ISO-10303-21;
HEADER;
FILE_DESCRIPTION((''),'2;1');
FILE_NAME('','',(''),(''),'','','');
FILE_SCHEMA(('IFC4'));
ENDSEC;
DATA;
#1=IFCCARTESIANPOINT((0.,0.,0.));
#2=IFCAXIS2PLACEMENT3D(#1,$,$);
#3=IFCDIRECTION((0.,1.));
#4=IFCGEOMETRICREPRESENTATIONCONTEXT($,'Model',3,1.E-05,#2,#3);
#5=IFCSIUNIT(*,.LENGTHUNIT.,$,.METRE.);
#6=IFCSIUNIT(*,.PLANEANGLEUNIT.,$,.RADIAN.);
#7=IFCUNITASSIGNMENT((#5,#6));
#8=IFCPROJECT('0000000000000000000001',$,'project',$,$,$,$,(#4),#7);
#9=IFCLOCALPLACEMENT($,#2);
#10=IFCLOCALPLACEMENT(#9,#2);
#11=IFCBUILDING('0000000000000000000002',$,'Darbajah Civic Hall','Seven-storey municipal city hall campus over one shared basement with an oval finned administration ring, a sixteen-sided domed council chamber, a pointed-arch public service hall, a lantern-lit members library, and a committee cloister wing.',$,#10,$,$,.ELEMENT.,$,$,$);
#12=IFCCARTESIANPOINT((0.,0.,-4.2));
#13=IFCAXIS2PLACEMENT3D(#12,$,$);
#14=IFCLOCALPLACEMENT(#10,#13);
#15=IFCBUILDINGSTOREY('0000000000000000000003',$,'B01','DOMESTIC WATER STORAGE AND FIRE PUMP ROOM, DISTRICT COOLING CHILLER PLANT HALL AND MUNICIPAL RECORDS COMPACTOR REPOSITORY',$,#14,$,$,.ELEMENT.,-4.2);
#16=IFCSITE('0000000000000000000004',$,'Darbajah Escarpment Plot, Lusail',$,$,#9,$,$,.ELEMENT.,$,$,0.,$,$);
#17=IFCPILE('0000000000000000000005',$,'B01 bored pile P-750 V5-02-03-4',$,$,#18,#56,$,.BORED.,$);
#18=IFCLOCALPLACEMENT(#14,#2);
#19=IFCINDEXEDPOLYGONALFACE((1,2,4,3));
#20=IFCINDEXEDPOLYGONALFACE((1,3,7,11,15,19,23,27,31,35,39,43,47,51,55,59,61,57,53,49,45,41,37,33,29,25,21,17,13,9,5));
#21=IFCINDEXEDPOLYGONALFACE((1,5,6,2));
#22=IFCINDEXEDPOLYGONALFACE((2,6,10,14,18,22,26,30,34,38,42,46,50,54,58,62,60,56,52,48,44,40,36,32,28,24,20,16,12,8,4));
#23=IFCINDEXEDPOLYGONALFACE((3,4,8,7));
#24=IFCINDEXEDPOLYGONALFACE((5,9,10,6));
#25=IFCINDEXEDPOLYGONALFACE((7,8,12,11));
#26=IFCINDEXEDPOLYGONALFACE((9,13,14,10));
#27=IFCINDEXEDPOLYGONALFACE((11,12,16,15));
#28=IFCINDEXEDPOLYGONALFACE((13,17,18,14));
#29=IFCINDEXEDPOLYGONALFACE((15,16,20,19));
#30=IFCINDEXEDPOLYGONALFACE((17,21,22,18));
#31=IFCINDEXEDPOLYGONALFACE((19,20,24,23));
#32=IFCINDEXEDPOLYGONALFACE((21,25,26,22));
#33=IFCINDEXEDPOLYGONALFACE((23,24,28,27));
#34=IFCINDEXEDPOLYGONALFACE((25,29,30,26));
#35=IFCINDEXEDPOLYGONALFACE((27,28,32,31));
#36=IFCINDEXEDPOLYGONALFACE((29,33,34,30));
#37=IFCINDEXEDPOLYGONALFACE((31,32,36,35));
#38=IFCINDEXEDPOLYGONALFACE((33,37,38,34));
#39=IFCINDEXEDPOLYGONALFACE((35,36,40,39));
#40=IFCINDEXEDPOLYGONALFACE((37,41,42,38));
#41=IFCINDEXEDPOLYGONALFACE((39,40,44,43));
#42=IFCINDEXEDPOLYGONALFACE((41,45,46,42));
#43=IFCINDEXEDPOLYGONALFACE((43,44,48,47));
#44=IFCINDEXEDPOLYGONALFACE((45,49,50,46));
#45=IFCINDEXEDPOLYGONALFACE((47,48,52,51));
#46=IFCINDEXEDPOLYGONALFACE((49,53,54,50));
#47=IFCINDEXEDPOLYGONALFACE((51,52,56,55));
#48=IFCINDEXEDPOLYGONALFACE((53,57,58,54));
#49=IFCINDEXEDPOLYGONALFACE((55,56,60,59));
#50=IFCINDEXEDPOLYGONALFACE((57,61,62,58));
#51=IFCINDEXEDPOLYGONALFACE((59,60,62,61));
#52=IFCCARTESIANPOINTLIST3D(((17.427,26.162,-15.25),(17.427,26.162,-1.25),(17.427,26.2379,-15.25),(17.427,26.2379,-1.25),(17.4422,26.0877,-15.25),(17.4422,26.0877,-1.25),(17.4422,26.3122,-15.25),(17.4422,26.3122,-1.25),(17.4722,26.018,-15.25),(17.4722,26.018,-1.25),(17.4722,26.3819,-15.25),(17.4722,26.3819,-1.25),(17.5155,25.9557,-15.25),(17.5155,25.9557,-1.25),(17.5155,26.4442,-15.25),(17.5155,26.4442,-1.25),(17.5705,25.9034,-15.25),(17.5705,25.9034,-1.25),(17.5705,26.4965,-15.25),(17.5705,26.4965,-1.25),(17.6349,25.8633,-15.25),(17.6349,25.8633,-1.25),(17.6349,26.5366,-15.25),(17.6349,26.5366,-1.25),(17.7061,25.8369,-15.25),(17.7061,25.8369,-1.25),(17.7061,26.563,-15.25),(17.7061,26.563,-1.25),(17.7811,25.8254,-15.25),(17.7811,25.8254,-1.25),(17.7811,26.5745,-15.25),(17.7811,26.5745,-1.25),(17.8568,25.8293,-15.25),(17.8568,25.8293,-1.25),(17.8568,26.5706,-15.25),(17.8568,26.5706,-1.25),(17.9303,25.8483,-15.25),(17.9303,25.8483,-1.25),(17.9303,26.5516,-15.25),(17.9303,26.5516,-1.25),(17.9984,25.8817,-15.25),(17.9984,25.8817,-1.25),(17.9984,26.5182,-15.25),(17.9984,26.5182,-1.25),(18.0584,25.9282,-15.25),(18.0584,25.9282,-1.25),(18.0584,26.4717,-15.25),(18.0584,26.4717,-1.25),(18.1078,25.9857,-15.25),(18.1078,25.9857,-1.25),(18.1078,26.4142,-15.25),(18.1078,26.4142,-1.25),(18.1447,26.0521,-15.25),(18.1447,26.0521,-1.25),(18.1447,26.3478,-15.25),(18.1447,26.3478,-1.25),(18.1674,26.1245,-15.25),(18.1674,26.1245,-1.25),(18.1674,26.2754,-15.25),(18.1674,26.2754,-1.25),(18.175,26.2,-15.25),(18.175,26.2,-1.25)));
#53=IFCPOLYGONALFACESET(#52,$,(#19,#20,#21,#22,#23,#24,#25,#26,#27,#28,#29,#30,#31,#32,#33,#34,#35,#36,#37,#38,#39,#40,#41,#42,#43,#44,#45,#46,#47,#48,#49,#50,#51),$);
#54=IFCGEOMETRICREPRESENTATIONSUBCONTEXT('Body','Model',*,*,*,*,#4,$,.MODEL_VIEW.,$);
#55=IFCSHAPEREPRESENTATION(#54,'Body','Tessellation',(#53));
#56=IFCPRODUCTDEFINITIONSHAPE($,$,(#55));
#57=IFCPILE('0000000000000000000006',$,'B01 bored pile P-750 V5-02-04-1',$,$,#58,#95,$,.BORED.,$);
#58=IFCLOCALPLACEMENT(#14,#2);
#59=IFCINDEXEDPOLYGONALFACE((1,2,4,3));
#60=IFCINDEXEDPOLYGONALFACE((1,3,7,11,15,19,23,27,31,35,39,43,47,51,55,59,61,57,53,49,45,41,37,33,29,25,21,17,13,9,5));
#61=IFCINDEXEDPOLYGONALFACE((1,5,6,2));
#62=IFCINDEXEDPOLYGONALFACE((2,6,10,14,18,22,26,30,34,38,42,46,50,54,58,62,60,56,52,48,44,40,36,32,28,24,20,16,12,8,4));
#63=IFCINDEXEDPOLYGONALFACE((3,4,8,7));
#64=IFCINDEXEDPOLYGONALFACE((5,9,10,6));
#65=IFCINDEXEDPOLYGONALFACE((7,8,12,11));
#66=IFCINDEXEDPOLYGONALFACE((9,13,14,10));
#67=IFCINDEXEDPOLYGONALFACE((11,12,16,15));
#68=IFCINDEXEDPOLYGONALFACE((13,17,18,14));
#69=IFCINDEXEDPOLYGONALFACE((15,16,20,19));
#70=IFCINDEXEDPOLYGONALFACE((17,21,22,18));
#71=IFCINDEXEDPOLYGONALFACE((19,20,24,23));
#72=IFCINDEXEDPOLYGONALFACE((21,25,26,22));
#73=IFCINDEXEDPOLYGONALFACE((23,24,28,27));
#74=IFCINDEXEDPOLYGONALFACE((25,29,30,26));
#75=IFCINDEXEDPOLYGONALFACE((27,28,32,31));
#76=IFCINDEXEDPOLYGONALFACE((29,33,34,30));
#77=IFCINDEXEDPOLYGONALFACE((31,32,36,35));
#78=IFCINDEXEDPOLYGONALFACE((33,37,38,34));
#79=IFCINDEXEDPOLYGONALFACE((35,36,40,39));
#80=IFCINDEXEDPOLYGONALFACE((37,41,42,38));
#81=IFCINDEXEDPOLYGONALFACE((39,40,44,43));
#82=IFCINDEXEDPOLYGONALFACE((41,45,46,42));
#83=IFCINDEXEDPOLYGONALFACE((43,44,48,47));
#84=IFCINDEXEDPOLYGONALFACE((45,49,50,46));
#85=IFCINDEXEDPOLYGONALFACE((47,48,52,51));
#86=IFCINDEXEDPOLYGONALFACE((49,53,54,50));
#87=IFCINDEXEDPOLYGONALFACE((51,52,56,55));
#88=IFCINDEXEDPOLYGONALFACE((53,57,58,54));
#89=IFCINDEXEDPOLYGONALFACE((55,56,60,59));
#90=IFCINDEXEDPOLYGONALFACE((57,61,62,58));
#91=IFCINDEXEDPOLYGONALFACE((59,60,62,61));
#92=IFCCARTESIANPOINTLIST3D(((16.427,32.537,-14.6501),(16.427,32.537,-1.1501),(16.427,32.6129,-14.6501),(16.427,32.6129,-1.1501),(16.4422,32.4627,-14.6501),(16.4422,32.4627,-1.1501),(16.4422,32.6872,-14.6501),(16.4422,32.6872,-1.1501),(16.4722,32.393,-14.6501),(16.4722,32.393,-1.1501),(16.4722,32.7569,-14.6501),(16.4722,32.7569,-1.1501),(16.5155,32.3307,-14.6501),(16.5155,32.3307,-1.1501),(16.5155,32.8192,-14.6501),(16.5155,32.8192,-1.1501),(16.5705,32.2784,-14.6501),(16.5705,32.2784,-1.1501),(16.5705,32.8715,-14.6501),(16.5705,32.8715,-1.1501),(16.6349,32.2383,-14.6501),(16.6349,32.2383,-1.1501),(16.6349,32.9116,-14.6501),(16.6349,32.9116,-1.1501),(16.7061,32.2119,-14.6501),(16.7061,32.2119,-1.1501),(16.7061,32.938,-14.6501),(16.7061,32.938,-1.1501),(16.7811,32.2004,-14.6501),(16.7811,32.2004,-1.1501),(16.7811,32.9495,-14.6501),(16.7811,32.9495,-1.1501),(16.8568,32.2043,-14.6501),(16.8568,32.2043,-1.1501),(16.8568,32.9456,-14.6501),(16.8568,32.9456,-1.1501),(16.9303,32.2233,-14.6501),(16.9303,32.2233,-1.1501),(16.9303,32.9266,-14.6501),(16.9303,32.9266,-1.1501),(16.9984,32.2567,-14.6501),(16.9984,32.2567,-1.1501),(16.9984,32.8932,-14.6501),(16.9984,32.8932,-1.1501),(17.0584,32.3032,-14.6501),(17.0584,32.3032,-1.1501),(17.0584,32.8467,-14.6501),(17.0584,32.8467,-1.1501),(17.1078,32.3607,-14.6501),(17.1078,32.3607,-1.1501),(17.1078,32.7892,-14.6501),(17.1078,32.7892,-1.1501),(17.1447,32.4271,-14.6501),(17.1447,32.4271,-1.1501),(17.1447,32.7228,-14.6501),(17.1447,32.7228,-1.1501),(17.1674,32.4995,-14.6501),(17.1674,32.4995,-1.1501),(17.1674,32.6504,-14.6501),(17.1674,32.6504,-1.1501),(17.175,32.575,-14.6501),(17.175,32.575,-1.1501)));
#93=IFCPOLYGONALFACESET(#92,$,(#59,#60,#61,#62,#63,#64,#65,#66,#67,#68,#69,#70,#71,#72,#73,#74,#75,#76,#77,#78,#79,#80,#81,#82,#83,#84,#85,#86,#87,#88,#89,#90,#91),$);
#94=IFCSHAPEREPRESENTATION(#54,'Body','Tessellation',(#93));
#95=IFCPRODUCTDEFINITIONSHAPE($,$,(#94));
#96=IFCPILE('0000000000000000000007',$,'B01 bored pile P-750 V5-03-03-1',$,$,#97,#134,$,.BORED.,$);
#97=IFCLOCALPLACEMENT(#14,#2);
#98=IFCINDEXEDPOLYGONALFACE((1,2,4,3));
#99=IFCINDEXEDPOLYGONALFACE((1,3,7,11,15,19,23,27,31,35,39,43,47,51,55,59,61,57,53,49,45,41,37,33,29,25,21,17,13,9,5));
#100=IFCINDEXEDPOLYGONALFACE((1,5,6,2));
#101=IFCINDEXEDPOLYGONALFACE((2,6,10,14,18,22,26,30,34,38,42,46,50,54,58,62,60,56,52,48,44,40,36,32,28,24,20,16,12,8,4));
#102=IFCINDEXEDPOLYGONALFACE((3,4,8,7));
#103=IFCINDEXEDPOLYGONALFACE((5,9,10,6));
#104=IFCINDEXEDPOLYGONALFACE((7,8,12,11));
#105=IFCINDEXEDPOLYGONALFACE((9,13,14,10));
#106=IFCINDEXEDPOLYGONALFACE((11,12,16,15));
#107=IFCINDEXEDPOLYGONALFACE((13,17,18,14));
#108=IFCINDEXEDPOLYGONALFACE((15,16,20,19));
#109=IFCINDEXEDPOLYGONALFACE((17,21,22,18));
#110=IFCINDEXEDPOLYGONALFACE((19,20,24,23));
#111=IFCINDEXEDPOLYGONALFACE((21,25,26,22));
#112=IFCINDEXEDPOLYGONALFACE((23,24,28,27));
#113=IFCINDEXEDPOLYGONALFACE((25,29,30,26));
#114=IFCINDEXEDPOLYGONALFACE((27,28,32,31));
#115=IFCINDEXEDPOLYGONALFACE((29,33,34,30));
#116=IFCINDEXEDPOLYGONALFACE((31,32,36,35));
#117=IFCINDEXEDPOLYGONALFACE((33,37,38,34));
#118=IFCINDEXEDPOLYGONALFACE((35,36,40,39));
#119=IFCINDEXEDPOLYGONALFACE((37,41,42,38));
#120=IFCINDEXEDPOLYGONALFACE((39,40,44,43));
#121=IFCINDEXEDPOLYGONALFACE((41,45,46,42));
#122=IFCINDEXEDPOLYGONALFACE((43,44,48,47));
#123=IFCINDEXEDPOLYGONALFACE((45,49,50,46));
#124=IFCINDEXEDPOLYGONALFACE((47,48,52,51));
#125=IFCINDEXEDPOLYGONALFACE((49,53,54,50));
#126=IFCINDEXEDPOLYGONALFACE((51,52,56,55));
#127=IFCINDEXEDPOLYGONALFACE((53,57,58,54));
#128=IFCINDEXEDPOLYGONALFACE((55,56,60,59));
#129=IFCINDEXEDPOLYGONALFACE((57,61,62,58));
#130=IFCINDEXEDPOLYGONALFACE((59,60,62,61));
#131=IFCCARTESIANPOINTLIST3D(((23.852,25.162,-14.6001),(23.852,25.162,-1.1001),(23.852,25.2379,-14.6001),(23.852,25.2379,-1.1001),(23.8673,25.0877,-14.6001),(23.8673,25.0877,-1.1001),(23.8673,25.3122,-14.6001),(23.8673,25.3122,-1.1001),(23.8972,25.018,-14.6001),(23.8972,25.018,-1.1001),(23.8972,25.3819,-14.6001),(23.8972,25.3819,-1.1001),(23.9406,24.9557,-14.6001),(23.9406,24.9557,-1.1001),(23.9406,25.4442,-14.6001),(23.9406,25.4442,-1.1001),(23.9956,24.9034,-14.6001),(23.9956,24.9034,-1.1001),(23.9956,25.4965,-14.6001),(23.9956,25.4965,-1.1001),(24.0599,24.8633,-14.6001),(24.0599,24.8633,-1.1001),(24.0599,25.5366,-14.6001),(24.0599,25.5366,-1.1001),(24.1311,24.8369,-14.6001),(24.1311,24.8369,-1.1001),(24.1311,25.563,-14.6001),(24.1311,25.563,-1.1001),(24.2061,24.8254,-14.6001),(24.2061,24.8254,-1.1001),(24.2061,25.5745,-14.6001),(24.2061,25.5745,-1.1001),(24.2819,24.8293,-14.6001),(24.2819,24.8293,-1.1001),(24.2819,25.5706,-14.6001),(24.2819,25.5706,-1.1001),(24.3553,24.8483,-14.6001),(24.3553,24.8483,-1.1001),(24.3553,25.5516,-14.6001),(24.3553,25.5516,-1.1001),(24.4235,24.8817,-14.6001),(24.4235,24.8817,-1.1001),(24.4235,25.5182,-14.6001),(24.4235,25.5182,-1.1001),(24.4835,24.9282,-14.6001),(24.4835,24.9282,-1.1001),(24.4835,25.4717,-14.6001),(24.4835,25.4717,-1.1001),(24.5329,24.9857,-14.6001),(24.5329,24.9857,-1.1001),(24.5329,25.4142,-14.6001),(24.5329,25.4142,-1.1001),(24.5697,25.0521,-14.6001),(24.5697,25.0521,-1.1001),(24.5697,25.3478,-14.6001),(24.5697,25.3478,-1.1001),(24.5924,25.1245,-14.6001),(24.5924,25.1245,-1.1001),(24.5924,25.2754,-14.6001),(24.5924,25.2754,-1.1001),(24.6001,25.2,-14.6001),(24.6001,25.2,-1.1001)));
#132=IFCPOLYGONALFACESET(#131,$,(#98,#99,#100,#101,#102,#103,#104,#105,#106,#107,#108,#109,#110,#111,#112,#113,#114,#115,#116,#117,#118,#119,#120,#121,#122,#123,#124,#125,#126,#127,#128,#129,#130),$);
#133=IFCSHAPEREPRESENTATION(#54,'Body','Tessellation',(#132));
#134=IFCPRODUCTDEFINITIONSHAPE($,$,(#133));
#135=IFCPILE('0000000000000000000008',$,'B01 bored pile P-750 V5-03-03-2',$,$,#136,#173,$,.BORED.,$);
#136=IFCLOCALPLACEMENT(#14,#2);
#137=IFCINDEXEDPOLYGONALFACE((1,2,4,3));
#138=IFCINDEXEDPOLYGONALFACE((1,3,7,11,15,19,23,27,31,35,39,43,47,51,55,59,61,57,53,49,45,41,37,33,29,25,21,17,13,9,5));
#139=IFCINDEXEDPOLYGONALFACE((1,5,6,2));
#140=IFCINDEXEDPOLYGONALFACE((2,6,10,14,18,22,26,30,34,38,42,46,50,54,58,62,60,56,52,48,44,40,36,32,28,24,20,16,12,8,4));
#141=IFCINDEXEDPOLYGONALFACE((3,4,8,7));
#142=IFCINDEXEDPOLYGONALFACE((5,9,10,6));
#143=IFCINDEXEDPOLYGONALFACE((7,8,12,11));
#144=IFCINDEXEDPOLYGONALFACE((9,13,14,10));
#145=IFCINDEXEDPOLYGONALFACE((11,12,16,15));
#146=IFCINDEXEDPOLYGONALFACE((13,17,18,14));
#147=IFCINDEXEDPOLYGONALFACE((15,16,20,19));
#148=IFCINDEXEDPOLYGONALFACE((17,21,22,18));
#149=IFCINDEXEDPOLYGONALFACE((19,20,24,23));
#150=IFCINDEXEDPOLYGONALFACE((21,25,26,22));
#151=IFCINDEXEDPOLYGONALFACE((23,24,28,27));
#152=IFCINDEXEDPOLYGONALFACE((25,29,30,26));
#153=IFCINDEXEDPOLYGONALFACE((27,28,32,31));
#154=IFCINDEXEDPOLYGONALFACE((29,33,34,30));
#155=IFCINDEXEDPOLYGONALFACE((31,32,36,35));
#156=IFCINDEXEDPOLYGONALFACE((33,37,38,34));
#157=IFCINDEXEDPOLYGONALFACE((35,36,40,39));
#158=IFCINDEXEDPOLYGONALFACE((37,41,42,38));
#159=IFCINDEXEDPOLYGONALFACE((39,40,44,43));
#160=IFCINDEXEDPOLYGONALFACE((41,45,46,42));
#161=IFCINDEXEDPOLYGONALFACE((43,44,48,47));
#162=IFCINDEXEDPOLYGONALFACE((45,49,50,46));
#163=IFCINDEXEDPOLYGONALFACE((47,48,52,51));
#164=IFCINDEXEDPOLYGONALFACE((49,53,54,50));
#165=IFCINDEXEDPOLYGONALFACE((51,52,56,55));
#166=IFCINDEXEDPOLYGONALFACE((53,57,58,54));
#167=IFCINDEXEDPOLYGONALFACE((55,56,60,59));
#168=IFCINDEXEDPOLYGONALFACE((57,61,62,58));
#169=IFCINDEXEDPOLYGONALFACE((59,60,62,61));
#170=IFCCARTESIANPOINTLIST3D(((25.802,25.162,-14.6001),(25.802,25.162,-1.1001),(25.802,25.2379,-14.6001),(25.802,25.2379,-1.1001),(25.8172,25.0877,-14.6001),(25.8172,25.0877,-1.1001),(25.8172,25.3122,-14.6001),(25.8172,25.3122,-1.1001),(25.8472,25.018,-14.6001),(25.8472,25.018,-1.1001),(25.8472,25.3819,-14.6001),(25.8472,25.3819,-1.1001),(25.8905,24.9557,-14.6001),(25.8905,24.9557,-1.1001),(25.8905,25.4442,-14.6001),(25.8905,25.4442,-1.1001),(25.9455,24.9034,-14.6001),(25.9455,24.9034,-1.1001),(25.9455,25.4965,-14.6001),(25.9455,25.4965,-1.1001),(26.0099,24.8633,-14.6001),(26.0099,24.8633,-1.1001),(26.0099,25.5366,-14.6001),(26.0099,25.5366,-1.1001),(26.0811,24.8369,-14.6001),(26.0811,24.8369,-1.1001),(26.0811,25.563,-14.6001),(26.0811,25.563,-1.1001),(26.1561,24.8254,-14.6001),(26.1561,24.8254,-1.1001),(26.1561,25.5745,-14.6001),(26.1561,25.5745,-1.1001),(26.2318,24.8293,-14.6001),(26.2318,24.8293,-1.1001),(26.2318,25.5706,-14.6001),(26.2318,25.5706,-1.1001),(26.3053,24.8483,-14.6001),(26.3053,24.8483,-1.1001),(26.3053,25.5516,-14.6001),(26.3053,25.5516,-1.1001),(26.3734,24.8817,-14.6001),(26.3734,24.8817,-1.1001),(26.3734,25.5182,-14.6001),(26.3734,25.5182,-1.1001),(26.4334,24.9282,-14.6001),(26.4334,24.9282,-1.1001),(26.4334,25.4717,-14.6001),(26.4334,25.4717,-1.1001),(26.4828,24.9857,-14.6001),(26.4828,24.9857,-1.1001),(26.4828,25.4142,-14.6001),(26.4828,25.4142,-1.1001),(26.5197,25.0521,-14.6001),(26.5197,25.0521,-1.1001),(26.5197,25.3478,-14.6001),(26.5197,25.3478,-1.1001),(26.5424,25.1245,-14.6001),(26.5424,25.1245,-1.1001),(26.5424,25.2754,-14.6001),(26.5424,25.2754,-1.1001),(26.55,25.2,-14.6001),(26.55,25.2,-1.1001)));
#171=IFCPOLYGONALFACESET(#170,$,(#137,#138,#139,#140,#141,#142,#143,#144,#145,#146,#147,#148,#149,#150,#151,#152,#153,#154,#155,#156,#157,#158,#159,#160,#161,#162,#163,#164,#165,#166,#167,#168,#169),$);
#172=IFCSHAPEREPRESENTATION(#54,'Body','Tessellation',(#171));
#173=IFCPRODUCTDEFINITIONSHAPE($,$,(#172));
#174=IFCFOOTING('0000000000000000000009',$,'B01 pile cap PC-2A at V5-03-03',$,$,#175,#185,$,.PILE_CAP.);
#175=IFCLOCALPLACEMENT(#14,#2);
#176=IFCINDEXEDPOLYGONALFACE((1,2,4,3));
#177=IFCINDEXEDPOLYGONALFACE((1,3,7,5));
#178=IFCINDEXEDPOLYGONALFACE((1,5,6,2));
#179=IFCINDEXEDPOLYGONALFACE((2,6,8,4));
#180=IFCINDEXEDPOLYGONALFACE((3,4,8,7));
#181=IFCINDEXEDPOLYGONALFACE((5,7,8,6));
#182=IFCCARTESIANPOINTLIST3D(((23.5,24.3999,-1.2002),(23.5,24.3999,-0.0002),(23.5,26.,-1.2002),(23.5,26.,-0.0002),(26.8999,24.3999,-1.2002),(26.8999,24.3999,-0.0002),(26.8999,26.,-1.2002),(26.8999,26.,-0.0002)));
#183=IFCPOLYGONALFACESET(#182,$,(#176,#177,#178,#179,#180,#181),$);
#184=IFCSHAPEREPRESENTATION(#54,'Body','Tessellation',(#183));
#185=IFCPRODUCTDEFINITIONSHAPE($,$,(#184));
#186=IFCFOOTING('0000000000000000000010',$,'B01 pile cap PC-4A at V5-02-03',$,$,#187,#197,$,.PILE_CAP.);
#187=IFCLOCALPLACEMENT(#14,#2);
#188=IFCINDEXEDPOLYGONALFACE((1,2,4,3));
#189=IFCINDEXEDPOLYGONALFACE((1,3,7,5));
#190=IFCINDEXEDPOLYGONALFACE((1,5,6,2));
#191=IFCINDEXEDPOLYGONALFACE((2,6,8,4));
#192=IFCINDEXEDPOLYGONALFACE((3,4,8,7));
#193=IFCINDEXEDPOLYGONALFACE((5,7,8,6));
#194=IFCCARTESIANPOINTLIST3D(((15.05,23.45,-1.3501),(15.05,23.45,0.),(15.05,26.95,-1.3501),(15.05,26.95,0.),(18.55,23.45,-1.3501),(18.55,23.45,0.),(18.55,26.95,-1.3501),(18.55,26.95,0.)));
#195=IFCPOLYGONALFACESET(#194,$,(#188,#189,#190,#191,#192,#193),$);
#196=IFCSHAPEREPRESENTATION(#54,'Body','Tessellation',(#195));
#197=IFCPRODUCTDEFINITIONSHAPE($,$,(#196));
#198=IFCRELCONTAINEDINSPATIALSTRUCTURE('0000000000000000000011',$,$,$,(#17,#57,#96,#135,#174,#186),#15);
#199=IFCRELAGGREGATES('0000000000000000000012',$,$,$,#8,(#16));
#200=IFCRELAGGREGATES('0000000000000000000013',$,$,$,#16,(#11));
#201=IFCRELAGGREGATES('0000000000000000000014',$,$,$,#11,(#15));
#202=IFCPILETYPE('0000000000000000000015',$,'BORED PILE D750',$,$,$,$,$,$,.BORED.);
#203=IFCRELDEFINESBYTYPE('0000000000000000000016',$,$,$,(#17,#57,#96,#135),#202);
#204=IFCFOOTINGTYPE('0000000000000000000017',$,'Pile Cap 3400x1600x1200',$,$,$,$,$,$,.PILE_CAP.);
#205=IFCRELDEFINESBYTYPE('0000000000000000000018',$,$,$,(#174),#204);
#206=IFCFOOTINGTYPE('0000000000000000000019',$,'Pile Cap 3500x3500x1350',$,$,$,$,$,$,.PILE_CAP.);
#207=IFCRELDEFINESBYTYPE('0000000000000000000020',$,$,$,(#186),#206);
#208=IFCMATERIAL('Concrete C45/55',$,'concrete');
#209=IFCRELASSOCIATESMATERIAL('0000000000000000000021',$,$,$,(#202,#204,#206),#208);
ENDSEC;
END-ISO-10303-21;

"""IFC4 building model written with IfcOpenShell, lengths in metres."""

from ifc_helpers import new_model, si_unit, direction, frame, origin, origin_2d, place, context, subcontext, project, spatial, rectangle, circle, extrude, material, material_profile, profile_set, type_object, element, save


model = new_model("IFC4")

# Units and contexts
model_context = context("Model", 3, precision=1e-05, world=origin(), true_north=direction((0.0, 1.0)))
body_context = subcontext(model_context, "Body", "Model", "MODEL_VIEW")
ifc_project = project(units=[si_unit("LENGTHUNIT", "METRE"), si_unit("PLANEANGLEUNIT", "RADIAN")], contexts=[model_context])

# Site, building, storey
site_placement = place(None, origin())
site = spatial("IfcSite", under=ifc_project, at=site_placement, Name="Darbajah Escarpment Plot, Lusail", CompositionType="ELEMENT", RefElevation=0.0)
building_placement = place(site_placement, origin())
building = spatial("IfcBuilding", under=site, at=building_placement, Name="Darbajah Civic Hall", Description="Seven-storey municipal city hall campus over one shared basement with an oval finned administration ring, a sixteen-sided domed council chamber, a pointed-arch public service hall, a lantern-lit members library, and a committee cloister wing.", CompositionType="ELEMENT")
storey_placement = place(building_placement, frame((0.0, 0.0, -4.2)))
storey = spatial("IfcBuildingStorey", under=building, at=storey_placement, Name="B01", Description="DOMESTIC WATER STORAGE AND FIRE PUMP ROOM, DISTRICT COOLING CHILLER PLANT HALL AND MUNICIPAL RECORDS COMPACTOR REPOSITORY", CompositionType="ELEMENT", Elevation=-4.2)

# Piles
ifc_material_1 = material(Name="Concrete C45/55", Category="concrete")
ifc_material_profile_1 = material_profile(ifc_material_1, circle(Radius=0.375, at=origin_2d()), Name="BORED PILE D750")
ifc_profile_set_1 = profile_set([ifc_material_profile_1], Name="Concrete C45/55")
pile_type = type_object("IfcPileType", Name="BORED PILE D750", PredefinedType="BORED", material=ifc_profile_set_1)
pile_placement = place(storey_placement, frame((17.8, 26.2, -1.25), z_axis=(0.0, 0.0, -1.0), x_axis=(1.0, 0.0, 0.0)))
element("IfcPile", 1, at=pile_placement, inside=storey, type_object=pile_type, Name="B01 bored pile P-750 V5-02-03-4", PredefinedType="BORED", context=body_context, shape_type="SweptSolid", body=[
    extrude(circle(Radius=0.375, at=origin_2d()), origin(), (0.0, 0.0, 1.0), 14.0),
])
for number, where, z_axis, x_axis, name in (
    (2, (16.8, 32.575, -1.1501), (0.0, 0.0, -1.0), (1.0, 0.0, 0.0), "B01 bored pile P-750 V5-02-04-1"),
    (3, (24.2251, 25.2, -1.1001), (0.0, 0.0, -1.0), (1.0, 0.0, 0.0), "B01 bored pile P-750 V5-03-03-1"),
    (4, (26.175, 25.2, -1.1001), (0.0, 0.0, -1.0), (1.0, 0.0, 0.0), "B01 bored pile P-750 V5-03-03-2"),
):
    element("IfcPile", number, at=place(storey_placement, frame(where, z_axis=z_axis, x_axis=x_axis)), inside=storey, type_object=pile_type, Name=name, PredefinedType="BORED", context=body_context, shape_type="SweptSolid", body=[
        extrude(circle(Radius=0.375, at=origin_2d()), origin(), (0.0, 0.0, 1.0), 13.5),
    ])

# Footings
footing_type_1 = type_object("IfcFootingType", Name="Pile Cap 3400x1600x1200", PredefinedType="PILE_CAP", material=ifc_material_1)
footing_1_placement = place(storey_placement, frame((25.2, 25.2, -1.2002), z_axis=(0.0, 0.0, 1.0), x_axis=(1.0, 0.0, 0.0)))
element("IfcFooting", 5, at=footing_1_placement, inside=storey, type_object=footing_type_1, Name="B01 pile cap PC-2A at V5-03-03", PredefinedType="PILE_CAP", context=body_context, shape_type="SweptSolid", body=[
    extrude(rectangle(XDim=3.3999, YDim=1.6001, at=origin_2d()), origin(), (0.0, 0.0, 1.0), 1.2),
])
footing_type_2 = type_object("IfcFootingType", Name="Pile Cap 3500x3500x1350", PredefinedType="PILE_CAP", material=ifc_material_1)
footing_2_placement = place(storey_placement, frame((16.8, 25.2, -1.3501), z_axis=(0.0, 0.0, 1.0), x_axis=(1.0, 0.0, 0.0)))
element("IfcFooting", 6, at=footing_2_placement, inside=storey, type_object=footing_type_2, Name="B01 pile cap PC-4A at V5-02-03", PredefinedType="PILE_CAP", context=body_context, shape_type="SweptSolid", body=[
    extrude(rectangle(XDim=3.5, YDim=3.5, at=origin_2d()), origin(), (0.0, 0.0, 1.0), 1.3501),
])

save(model, "model.ifc")
